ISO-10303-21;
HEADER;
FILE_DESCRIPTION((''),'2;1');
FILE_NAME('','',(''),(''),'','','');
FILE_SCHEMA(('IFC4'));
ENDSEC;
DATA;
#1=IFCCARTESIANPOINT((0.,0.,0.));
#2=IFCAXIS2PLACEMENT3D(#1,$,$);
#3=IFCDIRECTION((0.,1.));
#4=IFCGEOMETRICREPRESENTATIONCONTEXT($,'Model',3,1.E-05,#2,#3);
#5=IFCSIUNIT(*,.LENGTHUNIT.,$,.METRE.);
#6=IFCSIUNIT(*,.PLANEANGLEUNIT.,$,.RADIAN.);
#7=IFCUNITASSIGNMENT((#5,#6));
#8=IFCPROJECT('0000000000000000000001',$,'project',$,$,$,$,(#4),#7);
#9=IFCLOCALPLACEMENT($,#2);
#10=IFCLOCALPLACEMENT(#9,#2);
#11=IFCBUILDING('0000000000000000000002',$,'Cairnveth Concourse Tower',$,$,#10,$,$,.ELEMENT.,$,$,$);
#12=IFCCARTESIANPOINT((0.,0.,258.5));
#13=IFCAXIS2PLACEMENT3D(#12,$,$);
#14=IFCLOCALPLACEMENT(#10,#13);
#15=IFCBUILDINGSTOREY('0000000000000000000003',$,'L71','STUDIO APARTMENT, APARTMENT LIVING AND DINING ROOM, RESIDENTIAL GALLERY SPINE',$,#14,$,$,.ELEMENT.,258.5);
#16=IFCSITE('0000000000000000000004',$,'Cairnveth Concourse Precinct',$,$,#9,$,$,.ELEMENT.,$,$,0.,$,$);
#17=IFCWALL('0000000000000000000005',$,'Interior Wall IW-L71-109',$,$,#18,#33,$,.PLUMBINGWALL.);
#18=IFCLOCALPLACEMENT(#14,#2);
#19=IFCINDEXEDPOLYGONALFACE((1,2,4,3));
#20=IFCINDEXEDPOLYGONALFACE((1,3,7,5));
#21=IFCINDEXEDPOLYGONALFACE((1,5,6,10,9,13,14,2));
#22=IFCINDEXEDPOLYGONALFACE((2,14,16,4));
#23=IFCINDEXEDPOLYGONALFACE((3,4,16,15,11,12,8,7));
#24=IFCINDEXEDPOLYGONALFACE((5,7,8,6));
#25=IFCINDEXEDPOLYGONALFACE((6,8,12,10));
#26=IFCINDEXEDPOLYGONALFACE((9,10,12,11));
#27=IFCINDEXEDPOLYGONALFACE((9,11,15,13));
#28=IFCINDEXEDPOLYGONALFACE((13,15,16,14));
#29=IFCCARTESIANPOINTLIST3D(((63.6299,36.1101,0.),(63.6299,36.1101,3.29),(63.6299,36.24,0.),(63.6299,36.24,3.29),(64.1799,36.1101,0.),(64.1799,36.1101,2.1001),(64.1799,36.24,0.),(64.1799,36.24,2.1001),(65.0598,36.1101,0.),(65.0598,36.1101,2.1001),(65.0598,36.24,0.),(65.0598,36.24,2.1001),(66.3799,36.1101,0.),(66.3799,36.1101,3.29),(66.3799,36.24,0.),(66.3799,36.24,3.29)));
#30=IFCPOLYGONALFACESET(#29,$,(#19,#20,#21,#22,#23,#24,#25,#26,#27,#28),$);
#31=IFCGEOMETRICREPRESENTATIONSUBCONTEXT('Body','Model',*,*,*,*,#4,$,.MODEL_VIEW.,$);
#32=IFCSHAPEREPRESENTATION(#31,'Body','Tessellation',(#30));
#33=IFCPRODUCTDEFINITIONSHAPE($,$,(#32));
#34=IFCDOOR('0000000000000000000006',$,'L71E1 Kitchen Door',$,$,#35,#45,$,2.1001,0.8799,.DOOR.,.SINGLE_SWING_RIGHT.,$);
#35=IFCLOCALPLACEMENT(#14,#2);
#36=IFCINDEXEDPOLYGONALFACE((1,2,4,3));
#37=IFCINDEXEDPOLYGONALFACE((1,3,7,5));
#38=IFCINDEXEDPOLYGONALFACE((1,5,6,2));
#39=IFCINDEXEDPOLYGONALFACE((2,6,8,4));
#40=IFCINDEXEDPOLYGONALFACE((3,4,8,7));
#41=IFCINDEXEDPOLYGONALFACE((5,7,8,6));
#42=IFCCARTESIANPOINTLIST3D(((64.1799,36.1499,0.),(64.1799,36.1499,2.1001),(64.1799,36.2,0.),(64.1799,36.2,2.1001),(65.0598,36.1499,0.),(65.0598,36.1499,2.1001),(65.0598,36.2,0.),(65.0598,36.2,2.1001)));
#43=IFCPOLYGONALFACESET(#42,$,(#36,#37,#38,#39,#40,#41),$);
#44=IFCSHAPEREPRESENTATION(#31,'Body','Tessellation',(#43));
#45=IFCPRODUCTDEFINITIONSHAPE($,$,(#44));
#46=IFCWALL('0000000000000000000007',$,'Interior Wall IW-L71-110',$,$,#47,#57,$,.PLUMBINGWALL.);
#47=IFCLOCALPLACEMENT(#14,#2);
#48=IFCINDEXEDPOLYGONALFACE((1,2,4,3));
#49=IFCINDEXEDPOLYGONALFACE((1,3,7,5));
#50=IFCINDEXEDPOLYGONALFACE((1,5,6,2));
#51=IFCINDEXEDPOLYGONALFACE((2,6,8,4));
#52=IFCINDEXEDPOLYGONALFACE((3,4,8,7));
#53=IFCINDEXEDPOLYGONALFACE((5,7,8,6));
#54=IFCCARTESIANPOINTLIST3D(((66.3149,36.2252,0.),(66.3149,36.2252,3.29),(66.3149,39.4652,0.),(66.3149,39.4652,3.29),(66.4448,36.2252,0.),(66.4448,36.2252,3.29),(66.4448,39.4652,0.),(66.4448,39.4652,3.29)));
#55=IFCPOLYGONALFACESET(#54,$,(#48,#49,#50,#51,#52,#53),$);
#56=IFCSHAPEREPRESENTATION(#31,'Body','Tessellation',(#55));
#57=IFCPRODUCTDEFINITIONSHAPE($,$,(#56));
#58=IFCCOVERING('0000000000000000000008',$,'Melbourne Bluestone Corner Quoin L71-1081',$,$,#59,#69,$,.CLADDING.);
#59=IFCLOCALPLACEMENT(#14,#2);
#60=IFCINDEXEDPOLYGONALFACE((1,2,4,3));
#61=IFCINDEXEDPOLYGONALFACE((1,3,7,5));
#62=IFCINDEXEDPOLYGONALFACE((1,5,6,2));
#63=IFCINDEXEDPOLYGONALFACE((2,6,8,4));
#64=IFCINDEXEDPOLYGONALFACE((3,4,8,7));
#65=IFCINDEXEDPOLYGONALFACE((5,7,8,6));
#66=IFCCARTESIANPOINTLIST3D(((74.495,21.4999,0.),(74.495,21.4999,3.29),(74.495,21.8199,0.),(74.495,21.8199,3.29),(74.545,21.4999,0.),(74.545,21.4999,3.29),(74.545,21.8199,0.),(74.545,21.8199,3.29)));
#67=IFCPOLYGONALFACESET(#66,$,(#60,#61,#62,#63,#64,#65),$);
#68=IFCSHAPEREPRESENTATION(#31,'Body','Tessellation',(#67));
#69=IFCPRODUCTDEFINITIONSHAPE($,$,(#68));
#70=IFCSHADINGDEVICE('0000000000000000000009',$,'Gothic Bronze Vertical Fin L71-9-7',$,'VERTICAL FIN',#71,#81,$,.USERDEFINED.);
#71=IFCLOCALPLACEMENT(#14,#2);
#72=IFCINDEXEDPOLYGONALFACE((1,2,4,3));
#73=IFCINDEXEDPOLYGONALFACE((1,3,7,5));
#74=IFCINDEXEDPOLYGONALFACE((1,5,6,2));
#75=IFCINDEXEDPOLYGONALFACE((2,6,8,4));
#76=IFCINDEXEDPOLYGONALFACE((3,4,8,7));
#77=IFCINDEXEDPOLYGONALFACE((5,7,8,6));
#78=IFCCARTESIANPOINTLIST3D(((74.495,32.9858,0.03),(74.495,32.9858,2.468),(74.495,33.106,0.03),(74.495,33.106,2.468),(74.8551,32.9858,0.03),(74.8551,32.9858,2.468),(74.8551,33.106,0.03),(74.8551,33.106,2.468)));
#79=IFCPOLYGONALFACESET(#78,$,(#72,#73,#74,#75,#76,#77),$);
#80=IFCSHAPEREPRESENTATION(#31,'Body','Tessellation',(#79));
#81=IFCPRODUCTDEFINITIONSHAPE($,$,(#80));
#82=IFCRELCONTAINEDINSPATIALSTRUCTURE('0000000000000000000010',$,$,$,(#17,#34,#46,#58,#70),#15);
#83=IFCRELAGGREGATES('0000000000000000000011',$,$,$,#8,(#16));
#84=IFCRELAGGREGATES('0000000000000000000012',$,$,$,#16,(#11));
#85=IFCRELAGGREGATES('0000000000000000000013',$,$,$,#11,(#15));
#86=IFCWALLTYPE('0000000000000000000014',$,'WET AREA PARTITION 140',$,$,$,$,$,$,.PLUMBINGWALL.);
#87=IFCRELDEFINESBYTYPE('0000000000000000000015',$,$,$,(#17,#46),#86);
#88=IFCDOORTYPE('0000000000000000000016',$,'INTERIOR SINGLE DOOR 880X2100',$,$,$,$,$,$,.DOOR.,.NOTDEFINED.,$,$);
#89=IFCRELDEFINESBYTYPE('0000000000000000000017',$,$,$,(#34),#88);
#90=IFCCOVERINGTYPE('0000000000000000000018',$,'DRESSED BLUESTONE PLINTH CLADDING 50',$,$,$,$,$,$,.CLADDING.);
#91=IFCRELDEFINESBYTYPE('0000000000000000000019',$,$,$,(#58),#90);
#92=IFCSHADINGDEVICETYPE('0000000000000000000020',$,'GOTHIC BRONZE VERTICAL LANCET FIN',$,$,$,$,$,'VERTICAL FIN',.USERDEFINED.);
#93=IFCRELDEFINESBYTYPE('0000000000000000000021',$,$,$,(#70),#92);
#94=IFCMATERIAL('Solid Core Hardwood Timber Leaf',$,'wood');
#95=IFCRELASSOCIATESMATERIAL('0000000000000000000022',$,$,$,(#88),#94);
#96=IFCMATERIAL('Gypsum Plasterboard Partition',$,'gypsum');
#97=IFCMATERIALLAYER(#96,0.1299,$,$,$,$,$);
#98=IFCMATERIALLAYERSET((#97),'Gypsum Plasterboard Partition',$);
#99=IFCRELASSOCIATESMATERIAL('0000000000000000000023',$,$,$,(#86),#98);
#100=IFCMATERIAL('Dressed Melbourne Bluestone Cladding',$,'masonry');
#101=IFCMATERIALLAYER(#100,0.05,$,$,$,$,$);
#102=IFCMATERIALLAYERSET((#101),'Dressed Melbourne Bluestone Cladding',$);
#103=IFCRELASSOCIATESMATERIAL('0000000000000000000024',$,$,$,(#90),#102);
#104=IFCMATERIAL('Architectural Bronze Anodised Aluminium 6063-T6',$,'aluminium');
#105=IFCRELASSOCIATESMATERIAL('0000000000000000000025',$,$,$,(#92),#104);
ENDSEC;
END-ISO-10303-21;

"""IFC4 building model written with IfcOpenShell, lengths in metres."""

from ifc_helpers import new_model, si_unit, direction, frame, frame_2d, origin, origin_2d, place, context, subcontext, project, spatial, rectangle, extrude, material, layer, layer_set, type_object, element, fill, save


model = new_model("IFC4")

# Units and contexts
model_context = context("Model", 3, precision=1e-05, world=origin(), true_north=direction((0.0, 1.0)))
body_context = subcontext(model_context, "Body", "Model", "MODEL_VIEW")
ifc_project = project(units=[si_unit("LENGTHUNIT", "METRE"), si_unit("PLANEANGLEUNIT", "RADIAN")], contexts=[model_context])

# Site, building, storey
site_placement = place(None, origin())
site = spatial("IfcSite", under=ifc_project, at=site_placement, Name="Cairnveth Concourse Precinct", CompositionType="ELEMENT", RefElevation=0.0)
building_placement = place(site_placement, origin())
building = spatial("IfcBuilding", under=site, at=building_placement, Name="Cairnveth Concourse Tower", CompositionType="ELEMENT")
storey_placement = place(building_placement, frame((0.0, 0.0, 258.5)))
storey = spatial("IfcBuildingStorey", under=building, at=storey_placement, Name="L71", Description="STUDIO APARTMENT, APARTMENT LIVING AND DINING ROOM, RESIDENTIAL GALLERY SPINE", CompositionType="ELEMENT", Elevation=258.5)

# Shared definitions
ifc_material_1 = material(Name="Gypsum Plasterboard Partition", Category="gypsum")
ifc_material_2 = material(Name="Solid Core Hardwood Timber Leaf", Category="wood")

# Shared definitions
door_type_1 = type_object("IfcDoorType", Name="INTERIOR SINGLE DOOR 880X2100", OperationType="NOTDEFINED", PredefinedType="DOOR", material=ifc_material_2)
ifc_layer_1 = layer(ifc_material_1, 0.1299)
ifc_layer_set_1 = layer_set([ifc_layer_1], Name="Gypsum Plasterboard Partition")
wall_type_1 = type_object("IfcWallType", Name="WET AREA PARTITION 140", PredefinedType="PLUMBINGWALL", material=ifc_layer_set_1)

# Wall, opening, door
wall_1_placement = place(storey_placement, frame((63.6299, 36.175, 0.0), z_axis=(0.0, 0.0, 1.0), x_axis=(1.0, 0.0, 0.0)))
wall_1 = element("IfcWall", 1, at=wall_1_placement, inside=storey, type_object=wall_type_1, Name="Interior Wall IW-L71-109", PredefinedType="PLUMBINGWALL", context=body_context, shape_type="SweptSolid", body=[
    extrude(rectangle(XDim=2.75, YDim=0.1299, at=frame_2d((1.375, 0.0))), origin(), (0.0, 0.0, 1.0), 3.29),
])
opening_1_placement = place(wall_1_placement, frame((0.55, 0.0, 0.0)))
opening_1 = element("IfcOpeningElement", 2, at=opening_1_placement, cuts=wall_1, PredefinedType="OPENING", context=body_context, shape_type="SweptSolid", body=[
    extrude(rectangle(XDim=0.8799, YDim=2.1001, at=frame_2d((0.4399, 1.05))), frame((0.0, 0.075, 0.0), z_axis=(0.0, -1.0, 0.0), x_axis=(1.0, 0.0, 0.0)), (0.0, 0.0, 1.0), 0.1499),
])
door_1_placement = place(opening_1_placement, origin())
door_1 = element("IfcDoor", 3, at=door_1_placement, inside=storey, type_object=door_type_1, Name="L71E1 Kitchen Door", OperationType="SINGLE_SWING_RIGHT", OverallHeight=2.1001, OverallWidth=0.8799, PredefinedType="DOOR", context=body_context, shape_type="SweptSolid", body=[
    extrude(rectangle(XDim=0.8799, YDim=2.1001, at=frame_2d((0.4399, 1.05))), frame((0.0, 0.0249, 0.0), z_axis=(0.0, -1.0, 0.0), x_axis=(1.0, 0.0, 0.0)), (0.0, 0.0, 1.0), 0.05),
])
fill(opening_1, door_1)

# Wall
wall_2_placement = place(storey_placement, frame((66.3799, 36.2251, 0.0), z_axis=(0.0, 0.0, 1.0), x_axis=(0.0, 1.0, 0.0)))
element("IfcWall", 4, at=wall_2_placement, inside=storey, type_object=wall_type_1, Name="Interior Wall IW-L71-110", PredefinedType="PLUMBINGWALL", context=body_context, shape_type="SweptSolid", body=[
    extrude(rectangle(XDim=3.24, YDim=0.1299, at=frame_2d((1.6201, 0.0))), origin(), (0.0, 0.0, 1.0), 3.29),
])

# Covering
ifc_material_3 = material(Name="Dressed Melbourne Bluestone Cladding", Category="masonry")
ifc_layer_2 = layer(ifc_material_3, 0.05)
ifc_layer_set_2 = layer_set([ifc_layer_2], Name="Dressed Melbourne Bluestone Cladding")
covering_type = type_object("IfcCoveringType", Name="DRESSED BLUESTONE PLINTH CLADDING 50", PredefinedType="CLADDING", material=ifc_layer_set_2)
covering_placement = place(storey_placement, frame((74.52, 21.8201, 0.0), z_axis=(0.0, 0.0, 1.0), x_axis=(0.0, -1.0, 0.0)))
element("IfcCovering", 5, at=covering_placement, inside=storey, type_object=covering_type, Name="Melbourne Bluestone Corner Quoin L71-1081", PredefinedType="CLADDING", context=body_context, shape_type="SweptSolid", body=[
    extrude(rectangle(XDim=0.3201, YDim=0.05, at=frame_2d((0.1602, 0.0))), origin(), (0.0, 0.0, 1.0), 3.29),
])

# Shading device
ifc_material_4 = material(Name="Architectural Bronze Anodised Aluminium 6063-T6", Category="aluminium")
shading_device_type = type_object("IfcShadingDeviceType", Name="GOTHIC BRONZE VERTICAL LANCET FIN", ElementType="VERTICAL FIN", PredefinedType="USERDEFINED", material=ifc_material_4)
shading_device_placement = place(storey_placement, frame((74.675, 33.0459, 0.03), z_axis=(0.0, 0.0, 1.0), x_axis=(0.0, 1.0, 0.0)))
element("IfcShadingDevice", 6, at=shading_device_placement, inside=storey, type_object=shading_device_type, Name="Gothic Bronze Vertical Fin L71-9-7", ObjectType="VERTICAL FIN", PredefinedType="USERDEFINED", context=body_context, shape_type="SweptSolid", body=[
    extrude(rectangle(XDim=0.1201, YDim=0.3601, at=origin_2d()), origin(), (0.0, 0.0, 1.0), 2.438),
])

save(model, "model.ifc")
